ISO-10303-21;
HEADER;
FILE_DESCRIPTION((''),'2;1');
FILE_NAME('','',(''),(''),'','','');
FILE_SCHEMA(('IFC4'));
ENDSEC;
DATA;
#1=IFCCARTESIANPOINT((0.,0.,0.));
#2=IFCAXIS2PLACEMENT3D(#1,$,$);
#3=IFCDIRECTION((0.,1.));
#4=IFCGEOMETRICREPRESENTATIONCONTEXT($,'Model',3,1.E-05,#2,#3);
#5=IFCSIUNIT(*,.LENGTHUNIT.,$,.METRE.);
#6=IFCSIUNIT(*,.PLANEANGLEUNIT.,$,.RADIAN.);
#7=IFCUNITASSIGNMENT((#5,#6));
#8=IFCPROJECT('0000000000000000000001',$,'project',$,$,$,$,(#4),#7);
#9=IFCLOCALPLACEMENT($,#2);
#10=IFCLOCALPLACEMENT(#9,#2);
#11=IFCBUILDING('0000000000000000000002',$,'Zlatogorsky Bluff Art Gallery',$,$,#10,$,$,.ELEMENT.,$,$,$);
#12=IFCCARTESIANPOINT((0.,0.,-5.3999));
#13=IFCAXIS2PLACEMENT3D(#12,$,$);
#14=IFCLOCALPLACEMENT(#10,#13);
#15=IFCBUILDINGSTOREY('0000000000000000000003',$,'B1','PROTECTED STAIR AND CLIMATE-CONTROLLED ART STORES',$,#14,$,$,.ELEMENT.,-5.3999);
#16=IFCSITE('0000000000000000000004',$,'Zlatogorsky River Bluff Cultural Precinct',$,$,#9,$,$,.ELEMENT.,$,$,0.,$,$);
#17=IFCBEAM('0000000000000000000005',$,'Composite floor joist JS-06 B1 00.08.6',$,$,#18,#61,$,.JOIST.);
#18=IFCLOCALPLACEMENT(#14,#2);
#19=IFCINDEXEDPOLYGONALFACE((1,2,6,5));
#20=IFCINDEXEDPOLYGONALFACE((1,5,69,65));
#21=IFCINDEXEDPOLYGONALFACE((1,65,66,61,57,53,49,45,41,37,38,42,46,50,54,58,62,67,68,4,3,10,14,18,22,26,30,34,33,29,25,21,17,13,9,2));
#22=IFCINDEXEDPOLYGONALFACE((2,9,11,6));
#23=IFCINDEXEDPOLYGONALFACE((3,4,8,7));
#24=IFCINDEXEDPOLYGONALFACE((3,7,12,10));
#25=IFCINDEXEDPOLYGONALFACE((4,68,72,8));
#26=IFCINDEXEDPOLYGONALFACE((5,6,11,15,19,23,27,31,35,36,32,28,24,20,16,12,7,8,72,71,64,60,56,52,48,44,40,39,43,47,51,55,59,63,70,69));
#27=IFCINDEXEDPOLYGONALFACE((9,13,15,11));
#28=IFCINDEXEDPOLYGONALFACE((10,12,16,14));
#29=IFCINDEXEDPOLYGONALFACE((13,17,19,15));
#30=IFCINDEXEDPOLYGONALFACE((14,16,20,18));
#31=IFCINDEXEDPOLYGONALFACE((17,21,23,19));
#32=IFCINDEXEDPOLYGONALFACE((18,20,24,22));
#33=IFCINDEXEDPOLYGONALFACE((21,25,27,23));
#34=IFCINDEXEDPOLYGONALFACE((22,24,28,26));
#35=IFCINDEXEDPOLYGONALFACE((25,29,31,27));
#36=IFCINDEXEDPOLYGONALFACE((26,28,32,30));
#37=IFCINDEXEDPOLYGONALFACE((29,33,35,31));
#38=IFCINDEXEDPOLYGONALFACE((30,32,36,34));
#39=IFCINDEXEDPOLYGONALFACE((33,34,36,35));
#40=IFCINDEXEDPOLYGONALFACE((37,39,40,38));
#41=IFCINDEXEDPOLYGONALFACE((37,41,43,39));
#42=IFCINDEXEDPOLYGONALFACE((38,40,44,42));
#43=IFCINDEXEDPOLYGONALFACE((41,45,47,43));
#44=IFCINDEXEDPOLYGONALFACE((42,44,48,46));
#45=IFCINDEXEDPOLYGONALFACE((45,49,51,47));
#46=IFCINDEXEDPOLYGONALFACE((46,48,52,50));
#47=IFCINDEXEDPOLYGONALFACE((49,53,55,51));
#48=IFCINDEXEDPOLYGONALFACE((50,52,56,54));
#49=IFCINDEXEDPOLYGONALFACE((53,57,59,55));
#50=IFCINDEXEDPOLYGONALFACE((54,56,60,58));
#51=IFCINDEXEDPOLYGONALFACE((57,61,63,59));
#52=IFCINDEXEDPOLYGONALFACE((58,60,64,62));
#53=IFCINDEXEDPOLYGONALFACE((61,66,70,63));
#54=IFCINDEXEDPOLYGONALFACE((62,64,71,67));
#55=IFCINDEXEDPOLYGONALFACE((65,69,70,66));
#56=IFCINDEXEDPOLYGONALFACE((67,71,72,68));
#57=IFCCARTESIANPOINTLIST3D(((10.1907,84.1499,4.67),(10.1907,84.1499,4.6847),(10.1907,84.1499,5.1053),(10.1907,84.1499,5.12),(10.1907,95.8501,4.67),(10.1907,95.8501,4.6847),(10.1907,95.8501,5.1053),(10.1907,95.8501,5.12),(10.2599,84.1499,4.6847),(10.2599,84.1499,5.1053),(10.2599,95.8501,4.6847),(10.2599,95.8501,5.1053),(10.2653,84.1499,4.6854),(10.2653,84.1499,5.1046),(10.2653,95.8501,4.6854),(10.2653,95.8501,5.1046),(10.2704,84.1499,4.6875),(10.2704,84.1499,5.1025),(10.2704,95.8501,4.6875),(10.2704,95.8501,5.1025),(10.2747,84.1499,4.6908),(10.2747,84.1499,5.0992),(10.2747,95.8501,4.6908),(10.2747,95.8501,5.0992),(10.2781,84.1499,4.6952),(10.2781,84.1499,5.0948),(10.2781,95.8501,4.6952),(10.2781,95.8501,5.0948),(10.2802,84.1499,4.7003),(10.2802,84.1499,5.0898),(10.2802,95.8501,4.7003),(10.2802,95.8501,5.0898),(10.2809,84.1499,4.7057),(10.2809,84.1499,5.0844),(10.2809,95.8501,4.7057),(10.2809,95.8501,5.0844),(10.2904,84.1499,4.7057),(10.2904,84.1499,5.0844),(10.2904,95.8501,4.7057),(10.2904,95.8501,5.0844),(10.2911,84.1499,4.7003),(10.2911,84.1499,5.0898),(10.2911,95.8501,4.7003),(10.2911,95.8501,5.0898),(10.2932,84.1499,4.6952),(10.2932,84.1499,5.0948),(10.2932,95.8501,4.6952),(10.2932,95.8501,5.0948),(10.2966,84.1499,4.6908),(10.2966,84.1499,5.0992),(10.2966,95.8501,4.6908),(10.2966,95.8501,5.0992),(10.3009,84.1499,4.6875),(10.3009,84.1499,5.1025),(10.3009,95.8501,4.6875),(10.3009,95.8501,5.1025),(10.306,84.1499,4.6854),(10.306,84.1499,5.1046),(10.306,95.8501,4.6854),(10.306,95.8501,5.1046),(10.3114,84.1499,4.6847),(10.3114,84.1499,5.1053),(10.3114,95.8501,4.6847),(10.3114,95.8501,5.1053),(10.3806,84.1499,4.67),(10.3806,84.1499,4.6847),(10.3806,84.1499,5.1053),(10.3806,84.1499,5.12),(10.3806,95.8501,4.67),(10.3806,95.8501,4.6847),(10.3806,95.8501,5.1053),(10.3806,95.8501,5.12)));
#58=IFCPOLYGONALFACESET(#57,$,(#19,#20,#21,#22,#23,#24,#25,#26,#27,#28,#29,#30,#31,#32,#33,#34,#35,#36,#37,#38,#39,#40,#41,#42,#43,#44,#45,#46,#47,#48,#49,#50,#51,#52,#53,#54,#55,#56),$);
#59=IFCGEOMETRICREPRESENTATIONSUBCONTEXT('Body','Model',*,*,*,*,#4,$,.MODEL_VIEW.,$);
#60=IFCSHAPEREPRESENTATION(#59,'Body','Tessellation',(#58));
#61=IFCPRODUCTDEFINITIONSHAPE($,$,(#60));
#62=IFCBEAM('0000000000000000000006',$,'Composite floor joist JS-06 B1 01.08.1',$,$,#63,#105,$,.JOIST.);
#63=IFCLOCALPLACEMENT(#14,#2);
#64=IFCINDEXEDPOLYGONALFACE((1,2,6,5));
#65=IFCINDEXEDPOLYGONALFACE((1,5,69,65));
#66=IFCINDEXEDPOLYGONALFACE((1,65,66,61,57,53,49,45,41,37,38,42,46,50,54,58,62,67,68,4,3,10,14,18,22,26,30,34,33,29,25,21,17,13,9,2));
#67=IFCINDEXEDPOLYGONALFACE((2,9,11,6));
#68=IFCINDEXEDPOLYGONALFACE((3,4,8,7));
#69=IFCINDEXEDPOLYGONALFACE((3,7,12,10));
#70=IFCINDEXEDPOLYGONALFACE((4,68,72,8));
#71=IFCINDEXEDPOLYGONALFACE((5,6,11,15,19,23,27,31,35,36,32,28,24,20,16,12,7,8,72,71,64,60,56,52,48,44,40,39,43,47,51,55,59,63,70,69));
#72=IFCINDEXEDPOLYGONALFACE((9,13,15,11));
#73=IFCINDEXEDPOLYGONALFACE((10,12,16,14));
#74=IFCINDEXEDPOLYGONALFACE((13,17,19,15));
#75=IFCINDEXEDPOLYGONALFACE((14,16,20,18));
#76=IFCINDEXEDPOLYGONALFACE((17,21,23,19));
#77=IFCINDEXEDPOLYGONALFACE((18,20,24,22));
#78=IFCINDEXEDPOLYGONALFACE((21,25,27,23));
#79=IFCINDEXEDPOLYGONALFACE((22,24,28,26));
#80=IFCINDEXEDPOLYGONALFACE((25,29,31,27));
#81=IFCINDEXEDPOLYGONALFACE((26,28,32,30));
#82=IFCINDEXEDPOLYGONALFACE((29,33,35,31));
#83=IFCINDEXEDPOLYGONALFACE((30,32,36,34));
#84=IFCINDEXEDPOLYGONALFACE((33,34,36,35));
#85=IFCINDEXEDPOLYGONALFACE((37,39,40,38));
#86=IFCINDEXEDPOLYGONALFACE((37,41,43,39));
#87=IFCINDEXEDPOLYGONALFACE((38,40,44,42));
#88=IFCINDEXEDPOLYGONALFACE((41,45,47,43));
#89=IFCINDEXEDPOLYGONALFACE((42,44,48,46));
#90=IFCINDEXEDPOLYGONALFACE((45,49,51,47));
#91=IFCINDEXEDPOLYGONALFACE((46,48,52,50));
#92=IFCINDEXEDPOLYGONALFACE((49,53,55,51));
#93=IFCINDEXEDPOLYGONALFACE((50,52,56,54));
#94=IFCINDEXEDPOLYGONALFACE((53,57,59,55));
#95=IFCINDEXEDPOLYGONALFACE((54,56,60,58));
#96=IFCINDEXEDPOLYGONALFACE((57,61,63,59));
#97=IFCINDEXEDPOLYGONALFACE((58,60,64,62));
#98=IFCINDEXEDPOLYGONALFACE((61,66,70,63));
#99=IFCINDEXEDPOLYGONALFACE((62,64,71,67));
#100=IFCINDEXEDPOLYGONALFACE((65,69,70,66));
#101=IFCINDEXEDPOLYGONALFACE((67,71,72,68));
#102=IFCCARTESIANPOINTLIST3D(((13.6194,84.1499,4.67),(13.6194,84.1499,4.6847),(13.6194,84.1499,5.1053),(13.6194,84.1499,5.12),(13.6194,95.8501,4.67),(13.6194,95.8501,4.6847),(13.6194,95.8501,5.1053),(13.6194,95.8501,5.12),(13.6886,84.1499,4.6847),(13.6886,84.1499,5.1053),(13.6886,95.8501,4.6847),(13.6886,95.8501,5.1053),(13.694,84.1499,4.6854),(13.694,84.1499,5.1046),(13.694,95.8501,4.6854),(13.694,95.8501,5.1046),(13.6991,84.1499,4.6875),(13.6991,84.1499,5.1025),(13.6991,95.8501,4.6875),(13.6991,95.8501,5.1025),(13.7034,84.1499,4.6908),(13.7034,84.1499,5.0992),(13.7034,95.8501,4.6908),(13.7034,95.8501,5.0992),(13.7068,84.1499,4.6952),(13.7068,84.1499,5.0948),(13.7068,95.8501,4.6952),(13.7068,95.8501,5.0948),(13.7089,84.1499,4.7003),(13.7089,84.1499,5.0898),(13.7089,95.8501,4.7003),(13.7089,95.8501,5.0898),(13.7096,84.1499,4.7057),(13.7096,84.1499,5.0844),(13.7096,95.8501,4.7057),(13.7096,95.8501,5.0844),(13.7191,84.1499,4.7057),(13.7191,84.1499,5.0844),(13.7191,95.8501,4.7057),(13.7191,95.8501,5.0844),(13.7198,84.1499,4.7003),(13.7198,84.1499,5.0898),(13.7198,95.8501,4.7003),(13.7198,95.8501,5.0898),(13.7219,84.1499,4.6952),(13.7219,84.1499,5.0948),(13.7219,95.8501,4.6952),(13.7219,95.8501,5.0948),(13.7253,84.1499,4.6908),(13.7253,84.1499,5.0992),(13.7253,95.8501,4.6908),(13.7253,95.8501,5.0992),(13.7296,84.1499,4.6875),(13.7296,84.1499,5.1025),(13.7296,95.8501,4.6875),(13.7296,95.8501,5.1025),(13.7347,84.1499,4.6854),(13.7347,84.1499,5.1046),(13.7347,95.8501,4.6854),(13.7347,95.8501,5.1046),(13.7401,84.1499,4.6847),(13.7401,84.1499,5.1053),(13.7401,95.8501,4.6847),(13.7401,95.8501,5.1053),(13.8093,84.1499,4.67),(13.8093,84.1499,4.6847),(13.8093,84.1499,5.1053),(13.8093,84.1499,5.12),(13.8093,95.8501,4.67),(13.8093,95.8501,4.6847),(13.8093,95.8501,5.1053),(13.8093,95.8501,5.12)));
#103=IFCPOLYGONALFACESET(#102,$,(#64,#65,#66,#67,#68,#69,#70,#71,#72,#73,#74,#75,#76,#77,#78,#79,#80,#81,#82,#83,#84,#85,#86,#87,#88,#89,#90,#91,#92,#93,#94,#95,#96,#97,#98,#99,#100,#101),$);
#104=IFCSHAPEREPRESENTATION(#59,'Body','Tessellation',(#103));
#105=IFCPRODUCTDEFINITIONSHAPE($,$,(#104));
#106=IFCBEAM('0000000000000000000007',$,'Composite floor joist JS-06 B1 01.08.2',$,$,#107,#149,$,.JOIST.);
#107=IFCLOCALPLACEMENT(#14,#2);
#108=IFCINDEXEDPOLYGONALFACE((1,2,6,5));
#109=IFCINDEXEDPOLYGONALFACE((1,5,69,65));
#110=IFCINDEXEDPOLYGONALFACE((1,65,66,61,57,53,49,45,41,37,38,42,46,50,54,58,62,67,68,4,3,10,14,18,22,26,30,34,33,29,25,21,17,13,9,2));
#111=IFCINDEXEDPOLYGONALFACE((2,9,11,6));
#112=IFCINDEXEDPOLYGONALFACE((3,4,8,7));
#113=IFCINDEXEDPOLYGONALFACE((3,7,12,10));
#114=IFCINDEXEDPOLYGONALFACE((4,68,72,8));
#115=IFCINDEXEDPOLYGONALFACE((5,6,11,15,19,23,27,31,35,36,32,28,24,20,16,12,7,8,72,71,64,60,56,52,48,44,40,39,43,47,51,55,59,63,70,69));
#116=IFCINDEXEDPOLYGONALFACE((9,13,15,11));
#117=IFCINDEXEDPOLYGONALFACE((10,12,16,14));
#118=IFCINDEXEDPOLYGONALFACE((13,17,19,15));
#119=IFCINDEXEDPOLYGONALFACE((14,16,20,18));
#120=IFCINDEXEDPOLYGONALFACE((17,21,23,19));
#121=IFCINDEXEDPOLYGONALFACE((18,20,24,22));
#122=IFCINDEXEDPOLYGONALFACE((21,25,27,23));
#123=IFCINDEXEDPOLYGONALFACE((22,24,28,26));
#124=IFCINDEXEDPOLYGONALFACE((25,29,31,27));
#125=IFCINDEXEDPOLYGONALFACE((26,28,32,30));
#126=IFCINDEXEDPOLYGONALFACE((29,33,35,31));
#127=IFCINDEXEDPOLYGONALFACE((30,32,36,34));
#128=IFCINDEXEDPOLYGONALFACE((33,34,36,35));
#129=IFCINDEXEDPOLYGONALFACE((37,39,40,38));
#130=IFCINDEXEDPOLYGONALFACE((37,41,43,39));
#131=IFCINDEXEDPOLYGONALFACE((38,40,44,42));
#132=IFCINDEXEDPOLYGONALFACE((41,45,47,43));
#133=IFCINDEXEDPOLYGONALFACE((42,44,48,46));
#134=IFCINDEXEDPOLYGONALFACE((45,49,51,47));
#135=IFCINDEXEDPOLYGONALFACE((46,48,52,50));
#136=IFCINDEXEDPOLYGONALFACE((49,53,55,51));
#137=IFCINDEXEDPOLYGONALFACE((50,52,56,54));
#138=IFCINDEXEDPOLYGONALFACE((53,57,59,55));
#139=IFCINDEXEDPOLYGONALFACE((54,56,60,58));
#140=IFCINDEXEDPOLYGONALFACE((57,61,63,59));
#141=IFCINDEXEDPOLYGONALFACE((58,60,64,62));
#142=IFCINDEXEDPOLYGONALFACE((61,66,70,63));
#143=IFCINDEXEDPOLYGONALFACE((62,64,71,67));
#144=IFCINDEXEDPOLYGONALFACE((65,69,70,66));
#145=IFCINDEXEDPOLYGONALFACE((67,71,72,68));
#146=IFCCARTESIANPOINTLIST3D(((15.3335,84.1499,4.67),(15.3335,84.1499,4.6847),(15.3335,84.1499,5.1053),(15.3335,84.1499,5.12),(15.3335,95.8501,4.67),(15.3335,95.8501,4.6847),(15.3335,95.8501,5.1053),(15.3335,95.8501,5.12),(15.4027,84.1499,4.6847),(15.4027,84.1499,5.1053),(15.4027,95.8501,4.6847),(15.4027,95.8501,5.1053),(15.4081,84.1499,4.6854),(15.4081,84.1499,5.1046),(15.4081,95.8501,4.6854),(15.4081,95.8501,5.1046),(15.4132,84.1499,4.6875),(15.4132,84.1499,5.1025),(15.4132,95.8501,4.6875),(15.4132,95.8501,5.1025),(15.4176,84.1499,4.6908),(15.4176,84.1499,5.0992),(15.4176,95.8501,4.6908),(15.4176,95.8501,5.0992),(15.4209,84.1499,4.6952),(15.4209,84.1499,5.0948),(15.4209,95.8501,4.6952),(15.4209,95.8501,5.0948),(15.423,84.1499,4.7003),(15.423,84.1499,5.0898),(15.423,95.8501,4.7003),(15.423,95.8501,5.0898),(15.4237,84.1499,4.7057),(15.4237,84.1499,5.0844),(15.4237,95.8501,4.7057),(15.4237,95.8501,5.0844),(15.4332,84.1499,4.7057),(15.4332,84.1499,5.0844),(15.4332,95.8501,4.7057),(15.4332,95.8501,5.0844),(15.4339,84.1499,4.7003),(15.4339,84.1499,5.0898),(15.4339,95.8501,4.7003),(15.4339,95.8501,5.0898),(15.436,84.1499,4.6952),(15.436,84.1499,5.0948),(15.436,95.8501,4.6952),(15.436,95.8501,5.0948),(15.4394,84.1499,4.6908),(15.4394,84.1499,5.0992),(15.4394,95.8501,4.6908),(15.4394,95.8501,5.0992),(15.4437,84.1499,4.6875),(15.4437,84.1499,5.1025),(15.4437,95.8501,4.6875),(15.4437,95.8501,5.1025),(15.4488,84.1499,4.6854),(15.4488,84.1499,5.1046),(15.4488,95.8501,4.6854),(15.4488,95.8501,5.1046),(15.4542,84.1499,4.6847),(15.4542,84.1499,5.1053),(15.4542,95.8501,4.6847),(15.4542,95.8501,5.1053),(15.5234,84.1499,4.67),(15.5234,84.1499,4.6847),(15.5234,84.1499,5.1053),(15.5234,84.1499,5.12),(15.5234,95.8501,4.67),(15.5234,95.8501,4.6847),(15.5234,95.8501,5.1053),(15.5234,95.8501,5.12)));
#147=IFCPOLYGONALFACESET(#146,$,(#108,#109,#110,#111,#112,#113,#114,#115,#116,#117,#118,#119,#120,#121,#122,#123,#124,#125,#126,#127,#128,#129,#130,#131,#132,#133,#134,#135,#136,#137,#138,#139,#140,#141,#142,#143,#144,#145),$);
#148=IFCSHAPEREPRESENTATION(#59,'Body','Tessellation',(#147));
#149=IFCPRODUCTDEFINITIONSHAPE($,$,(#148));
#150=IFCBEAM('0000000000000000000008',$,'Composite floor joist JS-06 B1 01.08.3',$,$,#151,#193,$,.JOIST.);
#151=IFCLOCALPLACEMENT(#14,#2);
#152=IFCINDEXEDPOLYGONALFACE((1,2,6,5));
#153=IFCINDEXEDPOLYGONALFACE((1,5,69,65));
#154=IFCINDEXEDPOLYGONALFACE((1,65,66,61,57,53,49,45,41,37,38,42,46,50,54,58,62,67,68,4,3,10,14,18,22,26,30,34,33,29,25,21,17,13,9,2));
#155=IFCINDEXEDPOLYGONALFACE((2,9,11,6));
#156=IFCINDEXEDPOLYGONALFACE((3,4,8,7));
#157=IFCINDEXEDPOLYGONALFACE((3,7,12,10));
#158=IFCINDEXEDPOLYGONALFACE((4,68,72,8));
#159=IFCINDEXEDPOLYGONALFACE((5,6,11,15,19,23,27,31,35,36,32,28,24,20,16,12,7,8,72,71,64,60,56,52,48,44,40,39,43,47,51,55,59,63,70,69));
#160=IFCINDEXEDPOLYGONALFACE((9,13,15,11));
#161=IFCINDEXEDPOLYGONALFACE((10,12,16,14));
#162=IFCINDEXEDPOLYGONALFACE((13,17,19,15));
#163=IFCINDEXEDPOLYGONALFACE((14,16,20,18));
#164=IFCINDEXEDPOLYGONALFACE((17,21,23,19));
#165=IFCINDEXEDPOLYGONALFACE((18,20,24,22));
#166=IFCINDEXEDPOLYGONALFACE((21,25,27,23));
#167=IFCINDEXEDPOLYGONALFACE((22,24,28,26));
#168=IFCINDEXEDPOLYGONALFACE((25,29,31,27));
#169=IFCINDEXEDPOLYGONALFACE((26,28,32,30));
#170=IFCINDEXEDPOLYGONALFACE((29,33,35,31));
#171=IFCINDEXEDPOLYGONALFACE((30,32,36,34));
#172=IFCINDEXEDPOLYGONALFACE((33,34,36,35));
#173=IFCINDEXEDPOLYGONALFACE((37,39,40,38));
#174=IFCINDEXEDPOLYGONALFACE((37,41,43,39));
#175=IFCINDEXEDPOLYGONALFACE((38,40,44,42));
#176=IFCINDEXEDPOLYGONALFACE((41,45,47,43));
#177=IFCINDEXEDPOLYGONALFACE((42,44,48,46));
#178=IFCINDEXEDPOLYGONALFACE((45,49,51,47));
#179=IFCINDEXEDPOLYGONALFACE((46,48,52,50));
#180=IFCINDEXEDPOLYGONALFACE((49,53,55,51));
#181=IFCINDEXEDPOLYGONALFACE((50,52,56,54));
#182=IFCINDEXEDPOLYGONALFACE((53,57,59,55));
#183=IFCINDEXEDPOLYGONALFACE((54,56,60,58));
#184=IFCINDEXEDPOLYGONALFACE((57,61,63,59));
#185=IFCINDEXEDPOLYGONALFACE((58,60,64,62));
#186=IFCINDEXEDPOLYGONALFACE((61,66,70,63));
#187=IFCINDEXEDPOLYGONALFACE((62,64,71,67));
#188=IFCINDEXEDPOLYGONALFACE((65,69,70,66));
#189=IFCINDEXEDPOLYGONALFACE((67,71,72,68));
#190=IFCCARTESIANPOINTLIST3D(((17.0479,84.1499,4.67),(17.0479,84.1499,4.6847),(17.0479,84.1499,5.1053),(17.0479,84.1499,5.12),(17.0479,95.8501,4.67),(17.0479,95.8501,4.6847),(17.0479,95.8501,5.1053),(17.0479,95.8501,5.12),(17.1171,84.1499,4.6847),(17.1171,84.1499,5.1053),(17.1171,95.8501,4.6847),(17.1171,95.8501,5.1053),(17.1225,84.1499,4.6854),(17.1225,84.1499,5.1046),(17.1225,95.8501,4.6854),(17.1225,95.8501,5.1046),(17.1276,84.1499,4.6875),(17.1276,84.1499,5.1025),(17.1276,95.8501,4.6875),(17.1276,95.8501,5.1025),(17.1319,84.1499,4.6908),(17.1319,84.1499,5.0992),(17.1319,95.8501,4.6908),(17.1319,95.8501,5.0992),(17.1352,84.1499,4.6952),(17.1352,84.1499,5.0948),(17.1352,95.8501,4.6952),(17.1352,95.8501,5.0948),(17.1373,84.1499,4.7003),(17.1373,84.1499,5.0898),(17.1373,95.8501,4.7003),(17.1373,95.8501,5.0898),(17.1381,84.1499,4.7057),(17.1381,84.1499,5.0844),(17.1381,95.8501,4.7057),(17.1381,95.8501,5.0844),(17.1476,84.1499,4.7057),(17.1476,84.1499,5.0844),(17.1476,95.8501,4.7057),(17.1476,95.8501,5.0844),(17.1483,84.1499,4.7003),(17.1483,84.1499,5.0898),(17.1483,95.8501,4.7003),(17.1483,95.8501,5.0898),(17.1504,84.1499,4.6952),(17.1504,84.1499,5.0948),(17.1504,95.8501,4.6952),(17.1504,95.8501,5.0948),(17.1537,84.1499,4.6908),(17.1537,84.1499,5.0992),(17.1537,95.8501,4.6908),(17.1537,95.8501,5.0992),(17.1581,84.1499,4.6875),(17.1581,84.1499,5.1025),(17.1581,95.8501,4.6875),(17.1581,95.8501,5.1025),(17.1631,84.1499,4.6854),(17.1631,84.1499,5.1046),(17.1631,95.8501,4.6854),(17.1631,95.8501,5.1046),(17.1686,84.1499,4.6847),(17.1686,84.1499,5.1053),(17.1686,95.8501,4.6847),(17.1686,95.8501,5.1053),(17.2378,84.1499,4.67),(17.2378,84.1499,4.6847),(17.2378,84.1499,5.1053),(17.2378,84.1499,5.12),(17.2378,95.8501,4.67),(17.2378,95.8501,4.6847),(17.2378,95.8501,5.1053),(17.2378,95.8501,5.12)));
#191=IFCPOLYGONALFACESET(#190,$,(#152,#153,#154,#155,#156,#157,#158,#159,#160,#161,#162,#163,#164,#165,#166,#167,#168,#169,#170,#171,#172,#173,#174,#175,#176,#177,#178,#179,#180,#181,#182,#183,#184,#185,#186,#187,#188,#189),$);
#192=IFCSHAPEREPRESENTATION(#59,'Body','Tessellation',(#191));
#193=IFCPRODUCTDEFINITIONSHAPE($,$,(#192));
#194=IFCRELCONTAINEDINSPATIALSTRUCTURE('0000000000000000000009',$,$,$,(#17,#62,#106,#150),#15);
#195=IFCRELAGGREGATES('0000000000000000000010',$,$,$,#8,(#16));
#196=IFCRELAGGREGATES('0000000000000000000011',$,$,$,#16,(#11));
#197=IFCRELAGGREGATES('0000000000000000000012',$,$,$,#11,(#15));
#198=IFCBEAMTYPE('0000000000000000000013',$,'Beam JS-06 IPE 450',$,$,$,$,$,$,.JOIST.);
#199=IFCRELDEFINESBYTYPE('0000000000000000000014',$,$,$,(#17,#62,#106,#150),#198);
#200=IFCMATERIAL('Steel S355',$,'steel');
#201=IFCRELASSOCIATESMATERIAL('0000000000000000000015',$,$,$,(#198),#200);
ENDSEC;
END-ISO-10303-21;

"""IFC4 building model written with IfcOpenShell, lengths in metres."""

from ifc_helpers import new_model, si_unit, direction, frame, origin, origin_2d, place, context, subcontext, project, spatial, i_section, extrude, material, material_profile, profile_set, type_object, element, save


model = new_model("IFC4")

# Units and contexts
model_context = context("Model", 3, precision=1e-05, world=origin(), true_north=direction((0.0, 1.0)))
body_context = subcontext(model_context, "Body", "Model", "MODEL_VIEW")
ifc_project = project(units=[si_unit("LENGTHUNIT", "METRE"), si_unit("PLANEANGLEUNIT", "RADIAN")], contexts=[model_context])

# Site, building, storey
site_placement = place(None, origin())
site = spatial("IfcSite", under=ifc_project, at=site_placement, Name="Zlatogorsky River Bluff Cultural Precinct", CompositionType="ELEMENT", RefElevation=0.0)
building_placement = place(site_placement, origin())
building = spatial("IfcBuilding", under=site, at=building_placement, Name="Zlatogorsky Bluff Art Gallery", CompositionType="ELEMENT")
storey_placement = place(building_placement, frame((0.0, 0.0, -5.3999)))
storey = spatial("IfcBuildingStorey", under=building, at=storey_placement, Name="B1", Description="PROTECTED STAIR AND CLIMATE-CONTROLLED ART STORES", CompositionType="ELEMENT", Elevation=-5.3999)

# Shared definitions
ifc_material_1 = material(Name="Steel S355", Category="steel")

# Beams
ifc_material_profile_1 = material_profile(ifc_material_1, i_section(OverallWidth=0.1899, OverallDepth=0.45, WebThickness=0.0095, FlangeThickness=0.0146, FilletRadius=0.021, at=origin_2d()), Name="IPE 450")
ifc_profile_set_1 = profile_set([ifc_material_profile_1], Name="Steel S355")
beam_type_1 = type_object("IfcBeamType", Name="Beam JS-06 IPE 450", PredefinedType="JOIST", material=ifc_profile_set_1)
for number, where, z_axis, x_axis, name in (
    (1, (10.2856, 84.1499, 4.895), (0.0, 1.0, 0.0), (-1.0, 0.0, 0.0), "Composite floor joist JS-06 B1 00.08.6"),
    (2, (13.7144, 84.1499, 4.895), (0.0, 1.0, 0.0), (-1.0, 0.0, 0.0), "Composite floor joist JS-06 B1 01.08.1"),
    (3, (15.4285, 84.1499, 4.895), (0.0, 1.0, 0.0), (-1.0, 0.0, 0.0), "Composite floor joist JS-06 B1 01.08.2"),
    (4, (17.1428, 84.1499, 4.895), (0.0, 1.0, 0.0), (-1.0, 0.0, 0.0), "Composite floor joist JS-06 B1 01.08.3"),
):
    element("IfcBeam", number, at=place(storey_placement, frame(where, z_axis=z_axis, x_axis=x_axis)), inside=storey, type_object=beam_type_1, Name=name, PredefinedType="JOIST", context=body_context, shape_type="SweptSolid", body=[
        extrude(i_section(OverallWidth=0.1899, OverallDepth=0.45, WebThickness=0.0095, FlangeThickness=0.0146, FilletRadius=0.021, at=origin_2d()), origin(), (0.0, 0.0, 1.0), 11.7002),
    ])

save(model, "model.ifc")
